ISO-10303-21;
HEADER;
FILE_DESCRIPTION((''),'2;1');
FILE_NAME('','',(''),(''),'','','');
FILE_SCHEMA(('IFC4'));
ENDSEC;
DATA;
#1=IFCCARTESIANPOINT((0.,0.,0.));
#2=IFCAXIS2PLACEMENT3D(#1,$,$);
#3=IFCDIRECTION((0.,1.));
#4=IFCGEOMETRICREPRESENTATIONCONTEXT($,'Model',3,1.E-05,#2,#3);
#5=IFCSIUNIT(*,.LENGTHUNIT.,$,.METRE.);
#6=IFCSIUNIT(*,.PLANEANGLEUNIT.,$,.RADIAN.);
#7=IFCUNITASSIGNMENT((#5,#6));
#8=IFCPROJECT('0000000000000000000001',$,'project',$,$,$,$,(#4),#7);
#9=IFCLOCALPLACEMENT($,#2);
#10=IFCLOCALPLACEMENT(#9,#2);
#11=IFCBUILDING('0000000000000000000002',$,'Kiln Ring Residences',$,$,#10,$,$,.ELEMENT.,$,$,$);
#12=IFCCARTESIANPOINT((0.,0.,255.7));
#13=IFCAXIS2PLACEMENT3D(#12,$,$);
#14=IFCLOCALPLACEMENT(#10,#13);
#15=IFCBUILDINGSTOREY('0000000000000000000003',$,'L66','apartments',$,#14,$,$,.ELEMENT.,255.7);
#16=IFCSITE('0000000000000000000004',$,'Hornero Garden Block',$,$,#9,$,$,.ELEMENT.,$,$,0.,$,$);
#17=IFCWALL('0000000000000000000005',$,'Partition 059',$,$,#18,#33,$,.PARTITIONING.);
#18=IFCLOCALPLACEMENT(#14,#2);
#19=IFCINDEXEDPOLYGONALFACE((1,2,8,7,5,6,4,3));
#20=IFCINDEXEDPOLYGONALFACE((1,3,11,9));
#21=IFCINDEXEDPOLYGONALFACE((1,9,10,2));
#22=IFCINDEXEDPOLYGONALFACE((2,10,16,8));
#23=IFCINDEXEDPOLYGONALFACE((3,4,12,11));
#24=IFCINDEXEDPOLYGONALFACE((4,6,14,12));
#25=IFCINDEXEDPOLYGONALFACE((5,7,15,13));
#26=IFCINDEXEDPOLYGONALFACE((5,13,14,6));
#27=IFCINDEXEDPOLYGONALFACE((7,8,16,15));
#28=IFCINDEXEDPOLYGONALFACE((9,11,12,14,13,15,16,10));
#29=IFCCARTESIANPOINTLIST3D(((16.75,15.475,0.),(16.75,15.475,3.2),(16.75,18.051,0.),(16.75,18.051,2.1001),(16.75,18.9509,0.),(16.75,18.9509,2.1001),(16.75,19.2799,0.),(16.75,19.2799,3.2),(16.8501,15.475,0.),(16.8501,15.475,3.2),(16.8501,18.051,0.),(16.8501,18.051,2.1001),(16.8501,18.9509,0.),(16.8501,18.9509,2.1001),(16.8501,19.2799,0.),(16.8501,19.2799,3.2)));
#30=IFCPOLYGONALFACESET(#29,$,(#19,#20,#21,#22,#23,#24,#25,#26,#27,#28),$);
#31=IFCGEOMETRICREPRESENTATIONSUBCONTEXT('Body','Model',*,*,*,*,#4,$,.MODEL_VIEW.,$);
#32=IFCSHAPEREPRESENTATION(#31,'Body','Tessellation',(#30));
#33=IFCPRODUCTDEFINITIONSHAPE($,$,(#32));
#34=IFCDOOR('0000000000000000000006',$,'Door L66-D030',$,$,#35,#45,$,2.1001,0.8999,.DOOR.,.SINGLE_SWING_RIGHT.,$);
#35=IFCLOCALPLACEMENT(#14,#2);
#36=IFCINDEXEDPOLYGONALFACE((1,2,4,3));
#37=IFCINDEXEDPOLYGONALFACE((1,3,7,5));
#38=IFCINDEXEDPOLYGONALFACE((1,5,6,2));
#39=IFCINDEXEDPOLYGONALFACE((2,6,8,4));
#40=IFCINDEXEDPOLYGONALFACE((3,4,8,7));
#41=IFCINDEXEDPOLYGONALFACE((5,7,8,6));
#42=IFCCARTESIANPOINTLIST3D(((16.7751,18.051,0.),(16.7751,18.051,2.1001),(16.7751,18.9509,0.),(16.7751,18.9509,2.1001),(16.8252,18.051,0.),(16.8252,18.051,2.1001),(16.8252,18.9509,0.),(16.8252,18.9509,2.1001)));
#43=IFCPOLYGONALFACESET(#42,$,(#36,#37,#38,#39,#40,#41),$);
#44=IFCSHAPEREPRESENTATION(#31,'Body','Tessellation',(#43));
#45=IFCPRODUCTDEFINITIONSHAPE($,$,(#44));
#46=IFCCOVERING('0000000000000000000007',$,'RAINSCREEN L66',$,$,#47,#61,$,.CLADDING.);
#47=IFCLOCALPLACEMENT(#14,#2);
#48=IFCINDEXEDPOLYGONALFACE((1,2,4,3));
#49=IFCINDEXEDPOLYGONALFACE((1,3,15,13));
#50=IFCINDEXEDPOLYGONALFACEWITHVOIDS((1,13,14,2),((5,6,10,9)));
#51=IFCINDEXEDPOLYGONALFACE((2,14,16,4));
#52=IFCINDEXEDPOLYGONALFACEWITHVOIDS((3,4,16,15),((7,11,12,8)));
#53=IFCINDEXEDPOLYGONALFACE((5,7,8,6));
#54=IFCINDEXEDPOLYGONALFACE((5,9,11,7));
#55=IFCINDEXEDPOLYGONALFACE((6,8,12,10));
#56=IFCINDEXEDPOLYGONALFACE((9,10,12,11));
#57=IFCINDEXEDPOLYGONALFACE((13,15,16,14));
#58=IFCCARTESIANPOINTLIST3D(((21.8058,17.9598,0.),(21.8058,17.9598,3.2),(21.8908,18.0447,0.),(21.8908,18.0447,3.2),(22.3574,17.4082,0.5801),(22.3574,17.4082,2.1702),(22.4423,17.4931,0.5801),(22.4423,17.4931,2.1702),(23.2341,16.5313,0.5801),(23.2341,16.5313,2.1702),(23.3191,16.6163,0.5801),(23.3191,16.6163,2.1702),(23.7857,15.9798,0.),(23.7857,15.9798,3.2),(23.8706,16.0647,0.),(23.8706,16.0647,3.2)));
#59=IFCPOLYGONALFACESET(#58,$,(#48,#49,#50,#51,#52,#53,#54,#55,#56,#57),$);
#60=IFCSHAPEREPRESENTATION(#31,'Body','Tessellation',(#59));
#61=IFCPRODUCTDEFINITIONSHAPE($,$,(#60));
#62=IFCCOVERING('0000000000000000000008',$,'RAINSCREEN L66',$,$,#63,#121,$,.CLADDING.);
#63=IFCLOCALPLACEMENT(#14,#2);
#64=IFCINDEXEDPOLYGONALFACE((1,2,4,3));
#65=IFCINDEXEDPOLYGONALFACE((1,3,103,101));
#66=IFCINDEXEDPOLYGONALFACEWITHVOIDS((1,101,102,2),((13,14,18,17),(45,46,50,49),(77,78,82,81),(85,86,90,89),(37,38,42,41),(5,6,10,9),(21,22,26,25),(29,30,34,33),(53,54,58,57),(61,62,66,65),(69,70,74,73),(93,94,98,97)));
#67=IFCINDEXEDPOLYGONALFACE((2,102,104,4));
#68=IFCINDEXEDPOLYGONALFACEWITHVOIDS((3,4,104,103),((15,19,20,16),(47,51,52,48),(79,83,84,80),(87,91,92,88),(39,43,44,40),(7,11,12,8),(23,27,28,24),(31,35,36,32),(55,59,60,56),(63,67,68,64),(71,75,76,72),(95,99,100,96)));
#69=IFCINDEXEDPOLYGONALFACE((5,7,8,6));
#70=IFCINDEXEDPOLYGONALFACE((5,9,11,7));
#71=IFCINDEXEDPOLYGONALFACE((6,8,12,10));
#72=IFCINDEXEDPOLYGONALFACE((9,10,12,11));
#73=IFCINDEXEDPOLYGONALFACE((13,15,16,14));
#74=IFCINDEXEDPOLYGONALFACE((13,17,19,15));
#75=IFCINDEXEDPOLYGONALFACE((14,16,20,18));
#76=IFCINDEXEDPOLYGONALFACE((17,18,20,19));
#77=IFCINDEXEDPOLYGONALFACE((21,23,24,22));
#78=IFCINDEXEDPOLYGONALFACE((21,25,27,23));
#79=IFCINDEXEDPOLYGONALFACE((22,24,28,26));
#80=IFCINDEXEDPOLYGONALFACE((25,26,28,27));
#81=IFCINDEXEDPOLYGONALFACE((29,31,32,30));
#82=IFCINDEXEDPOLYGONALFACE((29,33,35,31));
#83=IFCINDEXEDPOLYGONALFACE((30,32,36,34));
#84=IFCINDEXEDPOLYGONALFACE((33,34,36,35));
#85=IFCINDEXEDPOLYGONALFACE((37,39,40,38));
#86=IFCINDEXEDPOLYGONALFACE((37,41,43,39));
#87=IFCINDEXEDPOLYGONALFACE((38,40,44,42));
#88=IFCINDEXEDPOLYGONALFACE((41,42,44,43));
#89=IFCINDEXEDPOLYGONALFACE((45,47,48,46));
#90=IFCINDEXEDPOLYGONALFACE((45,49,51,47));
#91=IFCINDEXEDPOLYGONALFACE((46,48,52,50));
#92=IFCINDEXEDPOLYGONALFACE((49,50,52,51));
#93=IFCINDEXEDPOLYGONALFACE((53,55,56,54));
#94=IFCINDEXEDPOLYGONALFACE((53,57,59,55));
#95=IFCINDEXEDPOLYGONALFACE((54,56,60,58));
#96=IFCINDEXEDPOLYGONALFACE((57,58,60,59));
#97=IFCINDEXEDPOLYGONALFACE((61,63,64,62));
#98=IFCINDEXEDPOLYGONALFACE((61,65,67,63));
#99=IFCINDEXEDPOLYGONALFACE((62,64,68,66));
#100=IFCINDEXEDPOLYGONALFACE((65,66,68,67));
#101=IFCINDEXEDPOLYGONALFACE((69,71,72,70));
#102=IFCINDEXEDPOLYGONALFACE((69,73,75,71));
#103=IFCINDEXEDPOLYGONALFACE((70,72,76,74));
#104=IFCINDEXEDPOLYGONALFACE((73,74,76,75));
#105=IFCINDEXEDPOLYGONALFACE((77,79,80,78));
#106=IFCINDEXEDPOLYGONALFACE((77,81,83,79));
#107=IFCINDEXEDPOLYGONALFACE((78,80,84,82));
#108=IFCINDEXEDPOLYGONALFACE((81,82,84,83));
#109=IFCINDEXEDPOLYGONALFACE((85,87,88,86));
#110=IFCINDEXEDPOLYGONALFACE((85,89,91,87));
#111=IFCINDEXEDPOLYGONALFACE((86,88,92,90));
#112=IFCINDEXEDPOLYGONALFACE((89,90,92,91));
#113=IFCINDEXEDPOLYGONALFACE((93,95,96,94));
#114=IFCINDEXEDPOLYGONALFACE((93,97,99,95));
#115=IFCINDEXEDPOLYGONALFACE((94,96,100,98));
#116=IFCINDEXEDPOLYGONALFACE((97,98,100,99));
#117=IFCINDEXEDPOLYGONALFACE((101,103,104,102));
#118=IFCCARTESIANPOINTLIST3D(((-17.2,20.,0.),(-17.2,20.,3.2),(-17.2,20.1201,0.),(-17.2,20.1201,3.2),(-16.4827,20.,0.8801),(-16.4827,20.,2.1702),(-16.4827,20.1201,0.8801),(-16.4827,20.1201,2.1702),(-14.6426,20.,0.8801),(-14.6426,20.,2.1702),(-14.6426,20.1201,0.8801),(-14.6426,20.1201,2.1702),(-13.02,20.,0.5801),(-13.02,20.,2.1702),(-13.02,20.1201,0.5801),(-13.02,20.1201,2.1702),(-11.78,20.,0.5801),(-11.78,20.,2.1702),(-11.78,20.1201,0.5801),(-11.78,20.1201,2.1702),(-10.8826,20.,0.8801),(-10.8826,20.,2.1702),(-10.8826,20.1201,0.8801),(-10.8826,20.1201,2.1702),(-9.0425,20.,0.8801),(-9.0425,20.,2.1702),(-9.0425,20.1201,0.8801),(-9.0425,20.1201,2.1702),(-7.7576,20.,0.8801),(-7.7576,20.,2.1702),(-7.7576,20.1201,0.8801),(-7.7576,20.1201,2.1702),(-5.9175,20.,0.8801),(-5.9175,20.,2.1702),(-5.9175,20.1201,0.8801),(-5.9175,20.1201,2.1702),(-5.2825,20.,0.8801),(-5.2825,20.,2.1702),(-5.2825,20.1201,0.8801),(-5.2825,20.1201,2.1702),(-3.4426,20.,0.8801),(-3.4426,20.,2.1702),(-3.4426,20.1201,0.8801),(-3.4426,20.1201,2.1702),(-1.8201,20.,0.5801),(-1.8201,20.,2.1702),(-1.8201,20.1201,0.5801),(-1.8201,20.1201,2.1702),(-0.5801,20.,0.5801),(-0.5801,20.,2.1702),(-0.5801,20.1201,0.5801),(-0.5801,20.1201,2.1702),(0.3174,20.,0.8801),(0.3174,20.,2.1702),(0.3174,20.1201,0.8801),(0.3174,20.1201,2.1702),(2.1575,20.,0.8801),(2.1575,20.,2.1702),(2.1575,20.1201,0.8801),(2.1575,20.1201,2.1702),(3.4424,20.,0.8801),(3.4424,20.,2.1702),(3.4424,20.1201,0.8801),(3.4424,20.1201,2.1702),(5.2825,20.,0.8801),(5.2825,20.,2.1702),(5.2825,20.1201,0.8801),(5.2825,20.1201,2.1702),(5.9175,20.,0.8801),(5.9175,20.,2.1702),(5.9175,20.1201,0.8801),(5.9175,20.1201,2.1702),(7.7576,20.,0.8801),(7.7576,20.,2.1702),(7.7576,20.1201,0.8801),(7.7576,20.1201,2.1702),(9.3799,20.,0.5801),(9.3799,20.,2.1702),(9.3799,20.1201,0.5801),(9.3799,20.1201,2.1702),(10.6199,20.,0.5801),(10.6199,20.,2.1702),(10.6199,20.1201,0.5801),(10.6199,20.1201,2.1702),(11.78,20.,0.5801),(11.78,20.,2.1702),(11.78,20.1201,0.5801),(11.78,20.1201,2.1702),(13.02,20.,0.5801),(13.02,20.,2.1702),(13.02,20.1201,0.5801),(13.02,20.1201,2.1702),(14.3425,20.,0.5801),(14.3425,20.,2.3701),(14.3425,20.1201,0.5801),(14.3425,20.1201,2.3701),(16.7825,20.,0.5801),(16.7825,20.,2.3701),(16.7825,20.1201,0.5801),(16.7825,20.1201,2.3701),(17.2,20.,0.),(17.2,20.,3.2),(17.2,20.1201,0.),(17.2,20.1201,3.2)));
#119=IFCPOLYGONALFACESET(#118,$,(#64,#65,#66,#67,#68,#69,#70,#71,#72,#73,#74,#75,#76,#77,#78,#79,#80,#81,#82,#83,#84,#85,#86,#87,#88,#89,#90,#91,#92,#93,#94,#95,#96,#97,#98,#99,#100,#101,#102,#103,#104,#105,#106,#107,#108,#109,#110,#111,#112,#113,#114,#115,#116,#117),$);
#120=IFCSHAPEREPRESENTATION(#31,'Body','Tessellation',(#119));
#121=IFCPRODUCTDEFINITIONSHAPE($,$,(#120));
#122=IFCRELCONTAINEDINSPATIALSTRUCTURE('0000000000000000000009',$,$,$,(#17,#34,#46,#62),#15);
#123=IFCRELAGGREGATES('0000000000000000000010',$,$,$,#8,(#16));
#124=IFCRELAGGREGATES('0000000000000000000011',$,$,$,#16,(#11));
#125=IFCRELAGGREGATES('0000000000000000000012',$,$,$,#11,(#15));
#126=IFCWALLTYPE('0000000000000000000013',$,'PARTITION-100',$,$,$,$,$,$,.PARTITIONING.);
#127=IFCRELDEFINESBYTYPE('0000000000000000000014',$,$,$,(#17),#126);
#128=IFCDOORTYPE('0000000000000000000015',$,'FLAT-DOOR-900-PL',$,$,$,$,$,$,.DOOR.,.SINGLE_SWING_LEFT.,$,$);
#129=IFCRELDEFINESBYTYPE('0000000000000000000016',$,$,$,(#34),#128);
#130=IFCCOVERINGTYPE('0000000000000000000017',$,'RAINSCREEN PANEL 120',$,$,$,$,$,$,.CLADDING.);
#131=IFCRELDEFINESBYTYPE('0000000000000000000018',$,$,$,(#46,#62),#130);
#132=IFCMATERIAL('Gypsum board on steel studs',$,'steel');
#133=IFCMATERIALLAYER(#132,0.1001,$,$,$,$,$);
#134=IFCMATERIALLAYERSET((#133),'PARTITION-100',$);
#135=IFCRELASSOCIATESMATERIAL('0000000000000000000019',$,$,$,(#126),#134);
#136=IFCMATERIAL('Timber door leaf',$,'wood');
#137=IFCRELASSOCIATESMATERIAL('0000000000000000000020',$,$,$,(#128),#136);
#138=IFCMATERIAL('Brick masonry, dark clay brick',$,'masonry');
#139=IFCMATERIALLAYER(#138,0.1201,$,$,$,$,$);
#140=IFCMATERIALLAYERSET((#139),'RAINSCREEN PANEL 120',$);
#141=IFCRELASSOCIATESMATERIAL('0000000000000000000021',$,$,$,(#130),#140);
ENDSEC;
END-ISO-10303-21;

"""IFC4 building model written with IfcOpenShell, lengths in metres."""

from ifc_helpers import new_model, si_unit, direction, frame, frame_2d, origin, place, context, subcontext, project, spatial, polyline, rectangle, outline, extrude, material, layer, layer_set, type_object, element, fill, save


model = new_model("IFC4")

# Units and contexts
model_context = context("Model", 3, precision=1e-05, world=origin(), true_north=direction((0.0, 1.0)))
body_context = subcontext(model_context, "Body", "Model", "MODEL_VIEW")
ifc_project = project(units=[si_unit("LENGTHUNIT", "METRE"), si_unit("PLANEANGLEUNIT", "RADIAN")], contexts=[model_context])

# Site, building, storey
site_placement = place(None, origin())
site = spatial("IfcSite", under=ifc_project, at=site_placement, Name="Hornero Garden Block", CompositionType="ELEMENT", RefElevation=0.0)
building_placement = place(site_placement, origin())
building = spatial("IfcBuilding", under=site, at=building_placement, Name="Kiln Ring Residences", CompositionType="ELEMENT")
storey_placement = place(building_placement, frame((0.0, 0.0, 255.7)))
storey = spatial("IfcBuildingStorey", under=building, at=storey_placement, Name="L66", Description="apartments", CompositionType="ELEMENT", Elevation=255.7)

# Wall, opening, door
ifc_material_1 = material(Name="Gypsum board on steel studs", Category="steel")
ifc_layer_1 = layer(ifc_material_1, 0.1001)
ifc_layer_set_1 = layer_set([ifc_layer_1], Name="PARTITION-100")
wall_type_1 = type_object("IfcWallType", Name="PARTITION-100", PredefinedType="PARTITIONING", material=ifc_layer_set_1)
wall_1_placement = place(storey_placement, frame((16.8, 15.4751, 0.0), z_axis=(0.0, 0.0, 1.0), x_axis=(0.0, 1.0, 0.0)))
wall_1 = element("IfcWall", 1, at=wall_1_placement, inside=storey, type_object=wall_type_1, Name="Partition 059", PredefinedType="PARTITIONING", context=body_context, shape_type="SweptSolid", body=[
    extrude(rectangle(XDim=3.8049, YDim=0.1001, at=frame_2d((1.9023, 0.0))), origin(), (0.0, 0.0, 1.0), 3.2),
])
opening_1_placement = place(wall_1_placement, frame((2.5759, 0.0, 0.0)))
opening_1 = element("IfcOpeningElement", 2, at=opening_1_placement, cuts=wall_1, PredefinedType="OPENING", context=body_context, shape_type="SweptSolid", body=[
    extrude(rectangle(XDim=0.8999, YDim=2.1001, at=frame_2d((0.45, 1.05))), frame((0.0, 0.0601, 0.0), z_axis=(0.0, -1.0, 0.0), x_axis=(1.0, 0.0, 0.0)), (0.0, 0.0, 1.0), 0.1201),
])
ifc_material_2 = material(Name="Timber door leaf", Category="wood")
door_type_1 = type_object("IfcDoorType", Name="FLAT-DOOR-900-PL", OperationType="SINGLE_SWING_LEFT", PredefinedType="DOOR", material=ifc_material_2)
door_1_placement = place(opening_1_placement, origin())
door_1 = element("IfcDoor", 3, at=door_1_placement, inside=storey, type_object=door_type_1, Name="Door L66-D030", OperationType="SINGLE_SWING_RIGHT", OverallHeight=2.1001, OverallWidth=0.8999, PredefinedType="DOOR", context=body_context, shape_type="SweptSolid", body=[
    extrude(rectangle(XDim=0.8999, YDim=2.1001, at=frame_2d((0.45, 1.05))), frame((0.0, 0.0249, 0.0), z_axis=(0.0, -1.0, 0.0), x_axis=(1.0, 0.0, 0.0)), (0.0, 0.0, 1.0), 0.05),
])
fill(opening_1, door_1)

# Coverings
ifc_material_3 = material(Name="Brick masonry, dark clay brick", Category="masonry")
ifc_layer_2 = layer(ifc_material_3, 0.1201)
ifc_layer_set_2 = layer_set([ifc_layer_2], Name="RAINSCREEN PANEL 120")
covering_type = type_object("IfcCoveringType", Name="RAINSCREEN PANEL 120", PredefinedType="CLADDING", material=ifc_layer_set_2)
covering_1_placement = place(storey_placement, frame((23.8281, 16.0222, 0.0), z_axis=(0.0, 0.0, 1.0), x_axis=(-0.707063, 0.70715, 0.0)))
element("IfcCovering", 4, at=covering_1_placement, inside=storey, type_object=covering_type, Name="RAINSCREEN L66", PredefinedType="CLADDING", context=body_context, shape_type="SweptSolid", body=[
    extrude(outline(polyline([(0.0, 0.0), (2.8, 0.0), (2.8, 3.2), (0.0, 3.2), (0.0, 0.0)]), holes=[polyline([(0.78, 2.1702), (0.78, 0.5801), (2.02, 0.5801), (2.02, 2.1702), (0.78, 2.1702)])]), frame((0.0, 0.0601, 0.0), z_axis=(0.0, -1.0, 0.0), x_axis=(1.0, 0.0, 0.0)), (0.0, 0.0, 1.0), 0.1201),
])
covering_2_placement = place(storey_placement, frame((17.2, 20.0601, 0.0), z_axis=(0.0, 0.0, 1.0), x_axis=(-1.0, 0.0, 0.0)))
element("IfcCovering", 5, at=covering_2_placement, inside=storey, type_object=covering_type, Name="RAINSCREEN L66", PredefinedType="CLADDING", context=body_context, shape_type="SweptSolid", body=[
    extrude(outline(polyline([(0.0, 0.0), (34.3999, 0.0), (34.3999, 3.2), (0.0, 3.2), (0.0, 0.0)]), holes=[polyline([(4.1799, 0.5801), (5.4199, 0.5801), (5.4199, 2.1702), (4.1799, 2.1702), (4.1799, 0.5801)]), polyline([(6.5801, 2.1702), (6.5801, 0.5801), (7.8201, 0.5801), (7.8201, 2.1702), (6.5801, 2.1702)]), polyline([(0.4175, 2.3701), (0.4175, 0.5801), (2.8574, 0.5801), (2.8574, 2.3701), (0.4175, 2.3701)]), polyline([(9.4424, 0.8801), (11.2825, 0.8801), (11.2825, 2.1702), (9.4424, 2.1702), (9.4424, 0.8801)]), polyline([(11.9175, 2.1702), (11.9175, 0.8801), (13.7576, 0.8801), (13.7576, 2.1702), (11.9175, 2.1702)]), polyline([(15.0425, 2.1702), (15.0425, 0.8801), (16.8826, 0.8801), (16.8826, 2.1702), (15.0425, 2.1702)]), polyline([(17.78, 0.5801), (19.02, 0.5801), (19.02, 2.1702), (17.78, 2.1702), (17.78, 0.5801)]), polyline([(28.98, 2.1702), (28.98, 0.5801), (30.22, 0.5801), (30.22, 2.1702), (28.98, 2.1702)]), polyline([(20.6426, 2.1702), (20.6426, 0.8801), (22.4824, 0.8801), (22.4824, 2.1702), (20.6426, 2.1702)]), polyline([(23.1174, 0.8801), (24.9575, 0.8801), (24.9575, 2.1702), (23.1174, 2.1702), (23.1174, 0.8801)]), polyline([(26.2424, 2.1702), (26.2424, 0.8801), (28.0825, 0.8801), (28.0825, 2.1702), (26.2424, 2.1702)]), polyline([(31.8425, 2.1702), (31.8425, 0.8801), (33.6826, 0.8801), (33.6826, 2.1702), (31.8425, 2.1702)])]), frame((0.0, 0.0601, 0.0), z_axis=(0.0, -1.0, 0.0), x_axis=(1.0, 0.0, 0.0)), (0.0, 0.0, 1.0), 0.1201),
])

save(model, "model.ifc")
